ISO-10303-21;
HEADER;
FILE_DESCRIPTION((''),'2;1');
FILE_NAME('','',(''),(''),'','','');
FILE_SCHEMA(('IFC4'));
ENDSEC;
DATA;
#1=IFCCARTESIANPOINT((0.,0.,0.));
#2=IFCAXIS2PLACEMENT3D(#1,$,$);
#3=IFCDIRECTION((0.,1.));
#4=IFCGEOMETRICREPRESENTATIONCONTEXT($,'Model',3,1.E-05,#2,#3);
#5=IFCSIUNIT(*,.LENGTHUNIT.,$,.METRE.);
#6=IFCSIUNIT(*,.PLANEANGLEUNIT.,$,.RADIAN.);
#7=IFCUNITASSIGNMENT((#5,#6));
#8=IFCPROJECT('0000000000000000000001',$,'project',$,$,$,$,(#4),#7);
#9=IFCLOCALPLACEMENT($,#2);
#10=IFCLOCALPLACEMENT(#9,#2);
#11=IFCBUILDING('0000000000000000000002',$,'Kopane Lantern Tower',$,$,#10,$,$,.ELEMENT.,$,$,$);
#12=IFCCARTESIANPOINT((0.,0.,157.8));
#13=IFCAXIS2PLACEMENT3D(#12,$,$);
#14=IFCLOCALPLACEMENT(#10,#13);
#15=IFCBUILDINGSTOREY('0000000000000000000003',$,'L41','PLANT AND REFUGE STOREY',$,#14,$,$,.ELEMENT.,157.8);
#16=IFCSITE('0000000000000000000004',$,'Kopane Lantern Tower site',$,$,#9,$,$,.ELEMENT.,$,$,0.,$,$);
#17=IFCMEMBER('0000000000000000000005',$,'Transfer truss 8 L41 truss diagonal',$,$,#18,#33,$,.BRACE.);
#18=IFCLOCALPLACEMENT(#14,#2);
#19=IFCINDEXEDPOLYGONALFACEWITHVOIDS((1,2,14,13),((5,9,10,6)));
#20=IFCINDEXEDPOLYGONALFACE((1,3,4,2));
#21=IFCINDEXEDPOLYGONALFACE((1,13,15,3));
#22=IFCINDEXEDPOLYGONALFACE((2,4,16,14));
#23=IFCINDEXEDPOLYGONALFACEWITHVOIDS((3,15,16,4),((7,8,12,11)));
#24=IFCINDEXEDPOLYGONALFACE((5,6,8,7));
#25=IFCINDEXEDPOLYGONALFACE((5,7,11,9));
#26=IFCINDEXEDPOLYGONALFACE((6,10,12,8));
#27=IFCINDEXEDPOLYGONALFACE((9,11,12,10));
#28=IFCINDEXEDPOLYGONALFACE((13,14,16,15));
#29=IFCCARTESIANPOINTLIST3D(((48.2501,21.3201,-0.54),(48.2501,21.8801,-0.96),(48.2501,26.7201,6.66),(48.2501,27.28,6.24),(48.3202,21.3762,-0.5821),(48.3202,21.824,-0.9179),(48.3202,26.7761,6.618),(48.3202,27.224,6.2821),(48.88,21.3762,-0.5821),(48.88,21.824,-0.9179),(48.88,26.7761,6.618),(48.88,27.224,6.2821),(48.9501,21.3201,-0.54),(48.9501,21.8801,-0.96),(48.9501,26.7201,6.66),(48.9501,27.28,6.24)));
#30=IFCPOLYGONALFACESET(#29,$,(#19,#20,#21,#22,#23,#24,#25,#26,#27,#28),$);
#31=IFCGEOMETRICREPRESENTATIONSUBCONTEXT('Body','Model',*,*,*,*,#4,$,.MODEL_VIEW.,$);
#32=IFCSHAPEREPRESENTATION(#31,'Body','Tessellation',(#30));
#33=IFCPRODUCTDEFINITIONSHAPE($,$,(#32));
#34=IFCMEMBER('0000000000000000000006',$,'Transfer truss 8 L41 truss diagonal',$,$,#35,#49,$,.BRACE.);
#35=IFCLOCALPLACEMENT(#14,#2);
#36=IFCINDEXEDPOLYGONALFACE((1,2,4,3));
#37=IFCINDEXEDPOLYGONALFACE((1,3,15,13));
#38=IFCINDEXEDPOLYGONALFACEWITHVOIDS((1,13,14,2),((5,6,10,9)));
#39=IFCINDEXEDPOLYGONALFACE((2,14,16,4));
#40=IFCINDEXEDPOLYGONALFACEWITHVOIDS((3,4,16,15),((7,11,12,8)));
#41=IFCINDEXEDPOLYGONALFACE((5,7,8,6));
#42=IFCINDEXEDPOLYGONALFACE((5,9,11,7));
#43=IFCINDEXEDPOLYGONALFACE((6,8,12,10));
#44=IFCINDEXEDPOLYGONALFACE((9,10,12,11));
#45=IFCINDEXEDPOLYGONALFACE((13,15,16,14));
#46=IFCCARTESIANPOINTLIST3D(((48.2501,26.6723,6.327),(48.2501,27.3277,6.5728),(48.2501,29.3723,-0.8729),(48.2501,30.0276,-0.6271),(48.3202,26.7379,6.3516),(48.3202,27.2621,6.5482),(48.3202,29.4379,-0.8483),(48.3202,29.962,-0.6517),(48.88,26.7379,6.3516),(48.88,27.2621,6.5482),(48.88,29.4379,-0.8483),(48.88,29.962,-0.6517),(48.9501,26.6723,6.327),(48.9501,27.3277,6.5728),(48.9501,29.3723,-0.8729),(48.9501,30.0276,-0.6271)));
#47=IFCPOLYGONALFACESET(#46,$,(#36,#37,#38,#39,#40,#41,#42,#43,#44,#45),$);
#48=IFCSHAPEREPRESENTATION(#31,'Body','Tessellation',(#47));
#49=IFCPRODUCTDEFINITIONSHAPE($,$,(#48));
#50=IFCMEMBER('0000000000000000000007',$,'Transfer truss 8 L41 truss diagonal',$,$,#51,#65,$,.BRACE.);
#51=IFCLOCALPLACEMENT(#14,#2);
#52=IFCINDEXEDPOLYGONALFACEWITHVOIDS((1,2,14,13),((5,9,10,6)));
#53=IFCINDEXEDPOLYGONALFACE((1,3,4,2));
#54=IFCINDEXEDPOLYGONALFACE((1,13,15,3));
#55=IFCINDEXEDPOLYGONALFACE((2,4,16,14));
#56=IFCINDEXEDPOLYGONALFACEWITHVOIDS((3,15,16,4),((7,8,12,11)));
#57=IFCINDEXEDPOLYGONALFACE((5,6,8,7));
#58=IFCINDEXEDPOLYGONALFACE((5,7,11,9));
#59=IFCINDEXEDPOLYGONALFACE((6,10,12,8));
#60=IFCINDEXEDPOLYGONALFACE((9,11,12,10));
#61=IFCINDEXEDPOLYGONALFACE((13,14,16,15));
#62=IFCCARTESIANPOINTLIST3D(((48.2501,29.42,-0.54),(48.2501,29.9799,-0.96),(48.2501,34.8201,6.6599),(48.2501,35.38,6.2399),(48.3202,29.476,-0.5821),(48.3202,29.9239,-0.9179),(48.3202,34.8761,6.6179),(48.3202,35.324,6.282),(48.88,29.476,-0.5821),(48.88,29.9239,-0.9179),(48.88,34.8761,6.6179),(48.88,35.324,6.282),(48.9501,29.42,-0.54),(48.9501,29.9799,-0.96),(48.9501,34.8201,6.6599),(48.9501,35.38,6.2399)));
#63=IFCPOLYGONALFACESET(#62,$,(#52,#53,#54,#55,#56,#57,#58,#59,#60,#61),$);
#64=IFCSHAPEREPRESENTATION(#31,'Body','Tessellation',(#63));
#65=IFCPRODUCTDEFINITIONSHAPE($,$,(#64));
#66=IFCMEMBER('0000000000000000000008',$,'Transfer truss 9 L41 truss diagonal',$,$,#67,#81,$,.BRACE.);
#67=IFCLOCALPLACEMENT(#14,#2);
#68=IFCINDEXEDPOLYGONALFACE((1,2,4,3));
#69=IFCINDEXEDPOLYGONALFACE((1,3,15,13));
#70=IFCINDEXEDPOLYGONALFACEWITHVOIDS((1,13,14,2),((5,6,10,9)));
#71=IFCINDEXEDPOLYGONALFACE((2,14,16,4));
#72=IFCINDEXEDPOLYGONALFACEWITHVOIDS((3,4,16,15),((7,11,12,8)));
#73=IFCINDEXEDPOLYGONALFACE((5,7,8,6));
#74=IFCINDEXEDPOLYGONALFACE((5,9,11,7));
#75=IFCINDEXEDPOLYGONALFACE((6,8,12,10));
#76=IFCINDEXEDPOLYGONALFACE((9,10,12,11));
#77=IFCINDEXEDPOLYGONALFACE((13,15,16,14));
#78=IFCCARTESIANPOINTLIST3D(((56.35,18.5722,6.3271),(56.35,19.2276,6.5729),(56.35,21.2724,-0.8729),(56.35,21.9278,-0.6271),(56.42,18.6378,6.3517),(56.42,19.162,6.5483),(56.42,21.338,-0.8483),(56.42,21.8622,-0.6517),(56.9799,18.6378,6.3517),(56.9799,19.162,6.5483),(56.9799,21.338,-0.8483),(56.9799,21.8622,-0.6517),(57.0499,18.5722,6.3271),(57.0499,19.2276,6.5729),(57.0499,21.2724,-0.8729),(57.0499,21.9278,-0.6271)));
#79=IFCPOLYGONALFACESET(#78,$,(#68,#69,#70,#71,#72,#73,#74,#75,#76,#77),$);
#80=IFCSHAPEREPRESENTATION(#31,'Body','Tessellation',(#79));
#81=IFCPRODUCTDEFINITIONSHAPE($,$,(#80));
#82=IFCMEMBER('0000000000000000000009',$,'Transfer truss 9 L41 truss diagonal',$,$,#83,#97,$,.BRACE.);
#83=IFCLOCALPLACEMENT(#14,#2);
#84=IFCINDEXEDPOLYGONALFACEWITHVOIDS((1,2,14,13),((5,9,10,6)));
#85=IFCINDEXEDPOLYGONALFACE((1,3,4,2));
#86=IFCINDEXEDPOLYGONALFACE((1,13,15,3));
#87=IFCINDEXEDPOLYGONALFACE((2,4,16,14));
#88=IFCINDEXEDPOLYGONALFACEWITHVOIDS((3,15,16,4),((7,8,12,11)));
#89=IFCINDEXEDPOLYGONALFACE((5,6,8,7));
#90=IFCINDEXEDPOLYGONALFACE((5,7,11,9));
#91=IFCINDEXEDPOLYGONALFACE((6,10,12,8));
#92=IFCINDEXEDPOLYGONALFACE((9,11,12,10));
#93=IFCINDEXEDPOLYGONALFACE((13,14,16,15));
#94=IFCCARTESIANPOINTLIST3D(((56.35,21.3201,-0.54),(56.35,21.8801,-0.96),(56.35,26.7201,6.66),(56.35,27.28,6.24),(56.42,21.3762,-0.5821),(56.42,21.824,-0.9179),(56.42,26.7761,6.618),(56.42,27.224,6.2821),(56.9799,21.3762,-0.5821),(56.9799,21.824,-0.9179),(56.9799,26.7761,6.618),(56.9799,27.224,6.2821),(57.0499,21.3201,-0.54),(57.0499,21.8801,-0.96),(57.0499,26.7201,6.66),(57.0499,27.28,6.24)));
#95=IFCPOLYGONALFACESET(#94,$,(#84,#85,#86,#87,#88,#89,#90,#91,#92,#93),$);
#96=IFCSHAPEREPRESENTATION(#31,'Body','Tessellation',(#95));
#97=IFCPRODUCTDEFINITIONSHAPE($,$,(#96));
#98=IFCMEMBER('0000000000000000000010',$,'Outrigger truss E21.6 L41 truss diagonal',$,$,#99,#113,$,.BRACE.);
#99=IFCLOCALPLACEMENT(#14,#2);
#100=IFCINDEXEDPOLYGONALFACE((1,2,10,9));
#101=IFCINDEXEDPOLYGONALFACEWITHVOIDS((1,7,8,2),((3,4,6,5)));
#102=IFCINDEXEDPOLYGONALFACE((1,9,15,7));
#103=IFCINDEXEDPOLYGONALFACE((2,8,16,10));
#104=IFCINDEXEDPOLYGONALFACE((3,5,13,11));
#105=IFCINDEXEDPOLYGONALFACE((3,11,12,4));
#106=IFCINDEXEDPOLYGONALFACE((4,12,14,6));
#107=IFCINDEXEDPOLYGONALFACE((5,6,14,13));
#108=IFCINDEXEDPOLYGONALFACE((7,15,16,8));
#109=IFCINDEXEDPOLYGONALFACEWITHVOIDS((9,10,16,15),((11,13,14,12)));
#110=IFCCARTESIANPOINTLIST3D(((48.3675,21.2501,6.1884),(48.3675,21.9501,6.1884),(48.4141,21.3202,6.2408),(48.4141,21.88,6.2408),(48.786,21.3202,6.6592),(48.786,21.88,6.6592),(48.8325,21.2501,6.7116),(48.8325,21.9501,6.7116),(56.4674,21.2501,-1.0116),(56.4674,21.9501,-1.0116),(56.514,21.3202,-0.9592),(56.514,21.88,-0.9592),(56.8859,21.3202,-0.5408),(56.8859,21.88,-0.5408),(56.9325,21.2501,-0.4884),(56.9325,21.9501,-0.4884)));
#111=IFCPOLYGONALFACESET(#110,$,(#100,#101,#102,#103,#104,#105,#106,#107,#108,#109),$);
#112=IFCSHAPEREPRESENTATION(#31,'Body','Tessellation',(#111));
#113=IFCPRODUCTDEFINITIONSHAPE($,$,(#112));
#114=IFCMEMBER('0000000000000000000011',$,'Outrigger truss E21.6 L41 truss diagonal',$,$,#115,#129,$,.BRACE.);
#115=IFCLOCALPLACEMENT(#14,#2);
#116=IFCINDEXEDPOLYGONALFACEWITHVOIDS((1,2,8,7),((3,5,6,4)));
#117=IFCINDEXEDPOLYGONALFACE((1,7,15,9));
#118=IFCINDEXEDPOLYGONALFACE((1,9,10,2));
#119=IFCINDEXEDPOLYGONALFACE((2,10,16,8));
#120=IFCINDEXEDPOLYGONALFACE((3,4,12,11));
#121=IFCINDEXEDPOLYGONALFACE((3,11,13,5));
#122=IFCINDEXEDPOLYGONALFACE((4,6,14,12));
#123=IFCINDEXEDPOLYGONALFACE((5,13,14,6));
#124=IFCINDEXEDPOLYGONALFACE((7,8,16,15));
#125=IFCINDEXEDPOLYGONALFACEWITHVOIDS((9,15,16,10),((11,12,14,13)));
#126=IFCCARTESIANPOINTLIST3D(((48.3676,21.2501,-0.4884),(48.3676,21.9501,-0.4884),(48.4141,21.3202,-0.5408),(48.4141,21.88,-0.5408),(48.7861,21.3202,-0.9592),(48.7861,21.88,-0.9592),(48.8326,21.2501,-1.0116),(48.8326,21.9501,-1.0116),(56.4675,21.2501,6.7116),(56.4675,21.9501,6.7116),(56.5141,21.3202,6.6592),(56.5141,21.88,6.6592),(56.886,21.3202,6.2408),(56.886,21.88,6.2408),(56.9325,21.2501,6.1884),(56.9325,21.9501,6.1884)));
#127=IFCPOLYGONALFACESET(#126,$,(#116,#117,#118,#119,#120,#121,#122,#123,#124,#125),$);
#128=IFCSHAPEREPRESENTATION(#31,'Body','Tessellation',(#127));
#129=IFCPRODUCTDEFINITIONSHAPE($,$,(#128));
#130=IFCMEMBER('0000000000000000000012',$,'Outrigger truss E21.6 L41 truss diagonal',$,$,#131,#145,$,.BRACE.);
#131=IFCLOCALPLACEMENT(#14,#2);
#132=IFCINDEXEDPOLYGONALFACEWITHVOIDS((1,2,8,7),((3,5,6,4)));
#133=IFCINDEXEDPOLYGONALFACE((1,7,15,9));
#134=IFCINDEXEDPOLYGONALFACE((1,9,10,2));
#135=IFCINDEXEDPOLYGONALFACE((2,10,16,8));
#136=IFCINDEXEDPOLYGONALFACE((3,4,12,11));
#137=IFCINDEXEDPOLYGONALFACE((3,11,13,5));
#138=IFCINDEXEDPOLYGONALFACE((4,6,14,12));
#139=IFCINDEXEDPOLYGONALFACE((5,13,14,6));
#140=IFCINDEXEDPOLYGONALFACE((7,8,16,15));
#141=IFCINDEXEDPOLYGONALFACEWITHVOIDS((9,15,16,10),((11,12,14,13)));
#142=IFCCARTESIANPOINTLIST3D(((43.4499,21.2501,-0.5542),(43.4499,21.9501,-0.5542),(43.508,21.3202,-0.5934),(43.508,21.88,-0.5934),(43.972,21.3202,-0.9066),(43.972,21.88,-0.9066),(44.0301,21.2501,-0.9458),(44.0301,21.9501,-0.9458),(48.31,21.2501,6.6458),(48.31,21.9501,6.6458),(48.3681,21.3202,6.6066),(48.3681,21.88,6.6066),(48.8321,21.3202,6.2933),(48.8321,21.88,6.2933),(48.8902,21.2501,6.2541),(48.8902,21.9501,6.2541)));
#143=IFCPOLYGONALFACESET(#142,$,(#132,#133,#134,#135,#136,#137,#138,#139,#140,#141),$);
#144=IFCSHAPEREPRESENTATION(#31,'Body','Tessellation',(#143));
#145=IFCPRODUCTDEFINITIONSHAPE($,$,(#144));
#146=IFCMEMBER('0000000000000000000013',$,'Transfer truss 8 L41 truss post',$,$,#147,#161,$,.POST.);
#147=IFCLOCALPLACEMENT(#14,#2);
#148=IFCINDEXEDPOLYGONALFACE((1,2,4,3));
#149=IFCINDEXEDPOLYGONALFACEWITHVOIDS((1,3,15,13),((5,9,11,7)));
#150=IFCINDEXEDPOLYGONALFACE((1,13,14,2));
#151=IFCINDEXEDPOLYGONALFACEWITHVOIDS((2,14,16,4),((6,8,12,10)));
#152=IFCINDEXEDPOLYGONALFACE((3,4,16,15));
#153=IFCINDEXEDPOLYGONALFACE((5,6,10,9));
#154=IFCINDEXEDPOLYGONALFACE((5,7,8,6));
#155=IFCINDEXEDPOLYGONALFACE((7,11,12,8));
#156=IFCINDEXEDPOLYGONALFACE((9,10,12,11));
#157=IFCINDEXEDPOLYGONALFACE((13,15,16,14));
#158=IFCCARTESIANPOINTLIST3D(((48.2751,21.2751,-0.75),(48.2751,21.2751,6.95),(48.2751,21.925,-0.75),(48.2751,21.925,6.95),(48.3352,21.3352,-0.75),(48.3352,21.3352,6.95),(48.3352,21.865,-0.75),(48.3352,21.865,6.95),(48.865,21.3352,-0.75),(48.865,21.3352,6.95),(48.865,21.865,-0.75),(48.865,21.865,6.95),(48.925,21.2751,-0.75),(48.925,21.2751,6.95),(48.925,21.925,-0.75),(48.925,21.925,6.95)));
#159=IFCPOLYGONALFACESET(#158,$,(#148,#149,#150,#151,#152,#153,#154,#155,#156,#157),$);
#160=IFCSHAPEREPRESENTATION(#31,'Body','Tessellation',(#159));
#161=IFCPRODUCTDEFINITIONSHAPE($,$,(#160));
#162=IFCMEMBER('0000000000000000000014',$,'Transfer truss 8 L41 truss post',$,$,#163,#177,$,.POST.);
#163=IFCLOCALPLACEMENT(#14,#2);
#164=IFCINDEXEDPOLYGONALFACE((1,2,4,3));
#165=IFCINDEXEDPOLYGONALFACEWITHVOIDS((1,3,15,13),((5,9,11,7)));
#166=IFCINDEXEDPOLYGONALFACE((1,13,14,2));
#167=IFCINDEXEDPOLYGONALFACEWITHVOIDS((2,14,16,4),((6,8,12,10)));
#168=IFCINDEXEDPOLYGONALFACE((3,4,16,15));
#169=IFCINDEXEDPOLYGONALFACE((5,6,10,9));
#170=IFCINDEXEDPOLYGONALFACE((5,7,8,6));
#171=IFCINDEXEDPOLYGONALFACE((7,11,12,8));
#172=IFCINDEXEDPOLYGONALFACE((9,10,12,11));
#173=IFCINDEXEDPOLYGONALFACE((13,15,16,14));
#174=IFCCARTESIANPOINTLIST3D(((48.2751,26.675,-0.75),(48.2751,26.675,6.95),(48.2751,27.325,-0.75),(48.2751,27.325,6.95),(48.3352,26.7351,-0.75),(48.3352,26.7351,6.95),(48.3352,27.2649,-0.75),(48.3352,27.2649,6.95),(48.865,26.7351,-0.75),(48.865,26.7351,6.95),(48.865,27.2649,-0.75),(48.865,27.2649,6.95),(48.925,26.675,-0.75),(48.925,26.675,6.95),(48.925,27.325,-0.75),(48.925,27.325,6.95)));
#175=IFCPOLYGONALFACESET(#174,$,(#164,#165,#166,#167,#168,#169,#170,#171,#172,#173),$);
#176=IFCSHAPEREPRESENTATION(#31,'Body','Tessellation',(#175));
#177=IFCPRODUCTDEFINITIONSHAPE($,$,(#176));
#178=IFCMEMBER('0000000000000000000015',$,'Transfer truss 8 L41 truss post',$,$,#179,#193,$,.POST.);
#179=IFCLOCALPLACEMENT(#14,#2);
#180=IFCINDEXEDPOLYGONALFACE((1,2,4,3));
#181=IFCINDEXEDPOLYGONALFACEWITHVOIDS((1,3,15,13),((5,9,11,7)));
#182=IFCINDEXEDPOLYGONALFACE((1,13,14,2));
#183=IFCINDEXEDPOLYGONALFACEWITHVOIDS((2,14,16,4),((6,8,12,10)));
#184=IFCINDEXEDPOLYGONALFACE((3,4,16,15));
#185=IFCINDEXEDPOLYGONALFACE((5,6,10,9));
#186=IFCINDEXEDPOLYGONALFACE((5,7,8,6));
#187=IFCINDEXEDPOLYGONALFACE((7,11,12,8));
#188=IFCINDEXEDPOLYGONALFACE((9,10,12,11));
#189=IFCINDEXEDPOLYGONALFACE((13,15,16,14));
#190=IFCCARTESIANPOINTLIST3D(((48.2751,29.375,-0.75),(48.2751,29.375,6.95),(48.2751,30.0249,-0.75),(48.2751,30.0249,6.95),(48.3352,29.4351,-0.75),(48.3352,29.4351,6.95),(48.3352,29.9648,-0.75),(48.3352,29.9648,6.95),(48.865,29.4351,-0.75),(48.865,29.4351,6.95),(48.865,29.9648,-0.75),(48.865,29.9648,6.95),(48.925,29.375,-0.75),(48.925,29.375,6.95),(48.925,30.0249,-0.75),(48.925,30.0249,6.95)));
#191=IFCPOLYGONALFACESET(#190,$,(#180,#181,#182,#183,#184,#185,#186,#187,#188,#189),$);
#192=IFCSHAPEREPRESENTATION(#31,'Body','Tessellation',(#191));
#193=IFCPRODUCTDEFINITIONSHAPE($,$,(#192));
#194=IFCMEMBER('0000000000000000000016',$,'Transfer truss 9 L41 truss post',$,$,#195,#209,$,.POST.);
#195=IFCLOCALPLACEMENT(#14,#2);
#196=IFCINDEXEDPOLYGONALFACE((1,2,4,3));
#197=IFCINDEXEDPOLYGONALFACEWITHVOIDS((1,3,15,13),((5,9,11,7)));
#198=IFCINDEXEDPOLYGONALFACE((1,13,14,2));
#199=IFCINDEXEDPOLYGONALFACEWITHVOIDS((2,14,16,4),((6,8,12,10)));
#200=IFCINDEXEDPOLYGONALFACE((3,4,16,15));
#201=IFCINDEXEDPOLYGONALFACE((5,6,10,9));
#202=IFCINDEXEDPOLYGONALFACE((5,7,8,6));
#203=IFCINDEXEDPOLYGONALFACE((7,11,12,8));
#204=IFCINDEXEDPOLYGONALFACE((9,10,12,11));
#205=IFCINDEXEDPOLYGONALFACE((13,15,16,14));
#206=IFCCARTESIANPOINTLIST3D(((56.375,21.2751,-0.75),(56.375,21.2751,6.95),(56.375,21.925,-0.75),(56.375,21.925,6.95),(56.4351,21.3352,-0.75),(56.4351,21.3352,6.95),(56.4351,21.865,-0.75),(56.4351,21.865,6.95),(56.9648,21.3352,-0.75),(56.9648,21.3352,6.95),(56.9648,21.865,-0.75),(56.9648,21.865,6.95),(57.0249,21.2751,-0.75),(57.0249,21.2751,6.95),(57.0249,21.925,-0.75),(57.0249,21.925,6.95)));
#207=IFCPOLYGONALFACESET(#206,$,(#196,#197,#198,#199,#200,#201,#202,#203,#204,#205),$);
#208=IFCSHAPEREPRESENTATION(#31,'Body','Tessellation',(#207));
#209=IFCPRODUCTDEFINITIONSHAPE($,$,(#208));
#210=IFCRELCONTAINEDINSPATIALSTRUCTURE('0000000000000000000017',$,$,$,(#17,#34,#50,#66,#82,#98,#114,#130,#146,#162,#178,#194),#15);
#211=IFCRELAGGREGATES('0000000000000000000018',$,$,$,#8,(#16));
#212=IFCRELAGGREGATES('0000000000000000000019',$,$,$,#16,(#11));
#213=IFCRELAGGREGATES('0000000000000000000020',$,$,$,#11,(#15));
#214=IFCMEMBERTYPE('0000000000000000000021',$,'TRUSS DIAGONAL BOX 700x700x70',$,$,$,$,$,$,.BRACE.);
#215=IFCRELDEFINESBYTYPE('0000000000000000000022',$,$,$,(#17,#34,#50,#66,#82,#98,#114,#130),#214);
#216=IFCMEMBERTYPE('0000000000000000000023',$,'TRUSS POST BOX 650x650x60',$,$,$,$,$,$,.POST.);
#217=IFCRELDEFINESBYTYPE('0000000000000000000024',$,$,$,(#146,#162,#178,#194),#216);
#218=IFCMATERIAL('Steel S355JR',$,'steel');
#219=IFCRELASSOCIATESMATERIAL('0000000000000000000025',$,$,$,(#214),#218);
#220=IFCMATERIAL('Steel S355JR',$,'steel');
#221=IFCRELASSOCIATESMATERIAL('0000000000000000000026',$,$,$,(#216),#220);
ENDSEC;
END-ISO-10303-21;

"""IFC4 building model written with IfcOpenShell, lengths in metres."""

from ifc_helpers import new_model, si_unit, direction, frame, origin, origin_2d, place, context, subcontext, project, spatial, hollow_rectangle, extrude, material, material_profile, profile_set, type_object, element, save


model = new_model("IFC4")

# Units and contexts
model_context = context("Model", 3, precision=1e-05, world=origin(), true_north=direction((0.0, 1.0)))
body_context = subcontext(model_context, "Body", "Model", "MODEL_VIEW")
ifc_project = project(units=[si_unit("LENGTHUNIT", "METRE"), si_unit("PLANEANGLEUNIT", "RADIAN")], contexts=[model_context])

# Site, building, storey
site_placement = place(None, origin())
site = spatial("IfcSite", under=ifc_project, at=site_placement, Name="Kopane Lantern Tower site", CompositionType="ELEMENT", RefElevation=0.0)
building_placement = place(site_placement, origin())
building = spatial("IfcBuilding", under=site, at=building_placement, Name="Kopane Lantern Tower", CompositionType="ELEMENT")
storey_placement = place(building_placement, frame((0.0, 0.0, 157.8)))
storey = spatial("IfcBuildingStorey", under=building, at=storey_placement, Name="L41", Description="PLANT AND REFUGE STOREY", CompositionType="ELEMENT", Elevation=157.8)

# Members
ifc_material_1 = material(Name="Steel S355JR", Category="steel")
ifc_material_profile_1 = material_profile(ifc_material_1, hollow_rectangle(XDim=0.7, YDim=0.7, WallThickness=0.0701, at=origin_2d()), Name="BOX 700x700x70")
ifc_profile_set_1 = profile_set([ifc_material_profile_1], Name="Steel S355JR")
member_type_1 = type_object("IfcMemberType", Name="TRUSS DIAGONAL BOX 700x700x70", PredefinedType="BRACE", material=ifc_profile_set_1)
member_1_placement = place(storey_placement, frame((48.6001, 21.6001, -0.75), z_axis=(0.0, 0.599996, 0.800003), x_axis=(-1.0, 0.0, 0.0)))
element("IfcMember", 1, at=member_1_placement, inside=storey, type_object=member_type_1, Name="Transfer truss 8 L41 truss diagonal", PredefinedType="BRACE", context=body_context, shape_type="SweptSolid", body=[
    extrude(hollow_rectangle(XDim=0.7, YDim=0.7, WallThickness=0.0701, at=origin_2d()), origin(), (0.0, 0.0, 1.0), 9.0),
])
member_2_placement = place(storey_placement, frame((48.6001, 29.7, -0.75), z_axis=(0.0, -0.35112, 0.93633), x_axis=(1.0, 0.0, 0.0)))
element("IfcMember", 2, at=member_2_placement, inside=storey, type_object=member_type_1, Name="Transfer truss 8 L41 truss diagonal", PredefinedType="BRACE", context=body_context, shape_type="SweptSolid", body=[
    extrude(hollow_rectangle(XDim=0.7, YDim=0.7, WallThickness=0.0701, at=origin_2d()), origin(), (0.0, 0.0, 1.0), 7.6895),
])
member_3_placement = place(storey_placement, frame((48.6001, 29.7, -0.75), z_axis=(0.0, 0.600013, 0.79999), x_axis=(-1.0, 0.0, 0.0)))
element("IfcMember", 3, at=member_3_placement, inside=storey, type_object=member_type_1, Name="Transfer truss 8 L41 truss diagonal", PredefinedType="BRACE", context=body_context, shape_type="SweptSolid", body=[
    extrude(hollow_rectangle(XDim=0.7, YDim=0.7, WallThickness=0.0701, at=origin_2d()), origin(), (0.0, 0.0, 1.0), 9.0),
])
member_4_placement = place(storey_placement, frame((56.7, 21.6001, -0.75), z_axis=(0.0, -0.351148, 0.93632), x_axis=(1.0, 0.0, 0.0)))
element("IfcMember", 4, at=member_4_placement, inside=storey, type_object=member_type_1, Name="Transfer truss 9 L41 truss diagonal", PredefinedType="BRACE", context=body_context, shape_type="SweptSolid", body=[
    extrude(hollow_rectangle(XDim=0.7, YDim=0.7, WallThickness=0.0701, at=origin_2d()), origin(), (0.0, 0.0, 1.0), 7.6897),
])
member_5_placement = place(storey_placement, frame((56.7, 21.6001, -0.75), z_axis=(0.0, 0.599996, 0.800003), x_axis=(-1.0, 0.0, 0.0)))
element("IfcMember", 5, at=member_5_placement, inside=storey, type_object=member_type_1, Name="Transfer truss 9 L41 truss diagonal", PredefinedType="BRACE", context=body_context, shape_type="SweptSolid", body=[
    extrude(hollow_rectangle(XDim=0.7, YDim=0.7, WallThickness=0.0701, at=origin_2d()), origin(), (0.0, 0.0, 1.0), 9.0),
])
for number, where, z_axis, x_axis, name in (
    (6, (56.7, 21.6001, -0.75), (-0.747406, 0.0, 0.664368), (0.0, -1.0, 0.0), "Outrigger truss E21.6 L41 truss diagonal"),
    (7, (48.6001, 21.6001, -0.75), (0.747406, 0.0, 0.664368), (0.0, 1.0, 0.0), "Outrigger truss E21.6 L41 truss diagonal"),
):
    element("IfcMember", number, at=place(storey_placement, frame(where, z_axis=z_axis, x_axis=x_axis)), inside=storey, type_object=member_type_1, Name=name, PredefinedType="BRACE", context=body_context, shape_type="SweptSolid", body=[
        extrude(hollow_rectangle(XDim=0.7, YDim=0.7, WallThickness=0.0701, at=origin_2d()), origin(), (0.0, 0.0, 1.0), 10.8374),
    ])
member_6_placement = place(storey_placement, frame((48.6001, 21.6001, 6.45), z_axis=(-0.559484, 0.0, -0.828841), x_axis=(0.0, -1.0, 0.0)))
element("IfcMember", 8, at=member_6_placement, inside=storey, type_object=member_type_1, Name="Outrigger truss E21.6 L41 truss diagonal", PredefinedType="BRACE", context=body_context, shape_type="SweptSolid", body=[
    extrude(hollow_rectangle(XDim=0.7, YDim=0.7, WallThickness=0.0701, at=origin_2d()), origin(), (0.0, 0.0, 1.0), 8.6868),
])
ifc_material_2 = material(Name="Steel S355JR", Category="steel")
ifc_material_profile_2 = material_profile(ifc_material_2, hollow_rectangle(XDim=0.6499, YDim=0.6499, WallThickness=0.0601, at=origin_2d()), Name="BOX 650x650x60")
ifc_profile_set_2 = profile_set([ifc_material_profile_2], Name="Steel S355JR")
member_type_2 = type_object("IfcMemberType", Name="TRUSS POST BOX 650x650x60", PredefinedType="POST", material=ifc_profile_set_2)
for number, where, z_axis, x_axis, name in (
    (9, (48.6001, 21.6001, -0.75), (0.0, 0.0, 1.0), (1.0, 0.0, 0.0), "Transfer truss 8 L41 truss post"),
    (10, (48.6001, 27.0, -0.75), (0.0, 0.0, 1.0), (1.0, 0.0, 0.0), "Transfer truss 8 L41 truss post"),
    (11, (48.6001, 29.7, -0.75), (0.0, 0.0, 1.0), (1.0, 0.0, 0.0), "Transfer truss 8 L41 truss post"),
    (12, (56.7, 21.6001, -0.75), (0.0, 0.0, 1.0), (1.0, 0.0, 0.0), "Transfer truss 9 L41 truss post"),
):
    element("IfcMember", number, at=place(storey_placement, frame(where, z_axis=z_axis, x_axis=x_axis)), inside=storey, type_object=member_type_2, Name=name, PredefinedType="POST", context=body_context, shape_type="SweptSolid", body=[
        extrude(hollow_rectangle(XDim=0.6499, YDim=0.6499, WallThickness=0.0601, at=origin_2d()), origin(), (0.0, 0.0, 1.0), 7.7),
    ])

save(model, "model.ifc")
